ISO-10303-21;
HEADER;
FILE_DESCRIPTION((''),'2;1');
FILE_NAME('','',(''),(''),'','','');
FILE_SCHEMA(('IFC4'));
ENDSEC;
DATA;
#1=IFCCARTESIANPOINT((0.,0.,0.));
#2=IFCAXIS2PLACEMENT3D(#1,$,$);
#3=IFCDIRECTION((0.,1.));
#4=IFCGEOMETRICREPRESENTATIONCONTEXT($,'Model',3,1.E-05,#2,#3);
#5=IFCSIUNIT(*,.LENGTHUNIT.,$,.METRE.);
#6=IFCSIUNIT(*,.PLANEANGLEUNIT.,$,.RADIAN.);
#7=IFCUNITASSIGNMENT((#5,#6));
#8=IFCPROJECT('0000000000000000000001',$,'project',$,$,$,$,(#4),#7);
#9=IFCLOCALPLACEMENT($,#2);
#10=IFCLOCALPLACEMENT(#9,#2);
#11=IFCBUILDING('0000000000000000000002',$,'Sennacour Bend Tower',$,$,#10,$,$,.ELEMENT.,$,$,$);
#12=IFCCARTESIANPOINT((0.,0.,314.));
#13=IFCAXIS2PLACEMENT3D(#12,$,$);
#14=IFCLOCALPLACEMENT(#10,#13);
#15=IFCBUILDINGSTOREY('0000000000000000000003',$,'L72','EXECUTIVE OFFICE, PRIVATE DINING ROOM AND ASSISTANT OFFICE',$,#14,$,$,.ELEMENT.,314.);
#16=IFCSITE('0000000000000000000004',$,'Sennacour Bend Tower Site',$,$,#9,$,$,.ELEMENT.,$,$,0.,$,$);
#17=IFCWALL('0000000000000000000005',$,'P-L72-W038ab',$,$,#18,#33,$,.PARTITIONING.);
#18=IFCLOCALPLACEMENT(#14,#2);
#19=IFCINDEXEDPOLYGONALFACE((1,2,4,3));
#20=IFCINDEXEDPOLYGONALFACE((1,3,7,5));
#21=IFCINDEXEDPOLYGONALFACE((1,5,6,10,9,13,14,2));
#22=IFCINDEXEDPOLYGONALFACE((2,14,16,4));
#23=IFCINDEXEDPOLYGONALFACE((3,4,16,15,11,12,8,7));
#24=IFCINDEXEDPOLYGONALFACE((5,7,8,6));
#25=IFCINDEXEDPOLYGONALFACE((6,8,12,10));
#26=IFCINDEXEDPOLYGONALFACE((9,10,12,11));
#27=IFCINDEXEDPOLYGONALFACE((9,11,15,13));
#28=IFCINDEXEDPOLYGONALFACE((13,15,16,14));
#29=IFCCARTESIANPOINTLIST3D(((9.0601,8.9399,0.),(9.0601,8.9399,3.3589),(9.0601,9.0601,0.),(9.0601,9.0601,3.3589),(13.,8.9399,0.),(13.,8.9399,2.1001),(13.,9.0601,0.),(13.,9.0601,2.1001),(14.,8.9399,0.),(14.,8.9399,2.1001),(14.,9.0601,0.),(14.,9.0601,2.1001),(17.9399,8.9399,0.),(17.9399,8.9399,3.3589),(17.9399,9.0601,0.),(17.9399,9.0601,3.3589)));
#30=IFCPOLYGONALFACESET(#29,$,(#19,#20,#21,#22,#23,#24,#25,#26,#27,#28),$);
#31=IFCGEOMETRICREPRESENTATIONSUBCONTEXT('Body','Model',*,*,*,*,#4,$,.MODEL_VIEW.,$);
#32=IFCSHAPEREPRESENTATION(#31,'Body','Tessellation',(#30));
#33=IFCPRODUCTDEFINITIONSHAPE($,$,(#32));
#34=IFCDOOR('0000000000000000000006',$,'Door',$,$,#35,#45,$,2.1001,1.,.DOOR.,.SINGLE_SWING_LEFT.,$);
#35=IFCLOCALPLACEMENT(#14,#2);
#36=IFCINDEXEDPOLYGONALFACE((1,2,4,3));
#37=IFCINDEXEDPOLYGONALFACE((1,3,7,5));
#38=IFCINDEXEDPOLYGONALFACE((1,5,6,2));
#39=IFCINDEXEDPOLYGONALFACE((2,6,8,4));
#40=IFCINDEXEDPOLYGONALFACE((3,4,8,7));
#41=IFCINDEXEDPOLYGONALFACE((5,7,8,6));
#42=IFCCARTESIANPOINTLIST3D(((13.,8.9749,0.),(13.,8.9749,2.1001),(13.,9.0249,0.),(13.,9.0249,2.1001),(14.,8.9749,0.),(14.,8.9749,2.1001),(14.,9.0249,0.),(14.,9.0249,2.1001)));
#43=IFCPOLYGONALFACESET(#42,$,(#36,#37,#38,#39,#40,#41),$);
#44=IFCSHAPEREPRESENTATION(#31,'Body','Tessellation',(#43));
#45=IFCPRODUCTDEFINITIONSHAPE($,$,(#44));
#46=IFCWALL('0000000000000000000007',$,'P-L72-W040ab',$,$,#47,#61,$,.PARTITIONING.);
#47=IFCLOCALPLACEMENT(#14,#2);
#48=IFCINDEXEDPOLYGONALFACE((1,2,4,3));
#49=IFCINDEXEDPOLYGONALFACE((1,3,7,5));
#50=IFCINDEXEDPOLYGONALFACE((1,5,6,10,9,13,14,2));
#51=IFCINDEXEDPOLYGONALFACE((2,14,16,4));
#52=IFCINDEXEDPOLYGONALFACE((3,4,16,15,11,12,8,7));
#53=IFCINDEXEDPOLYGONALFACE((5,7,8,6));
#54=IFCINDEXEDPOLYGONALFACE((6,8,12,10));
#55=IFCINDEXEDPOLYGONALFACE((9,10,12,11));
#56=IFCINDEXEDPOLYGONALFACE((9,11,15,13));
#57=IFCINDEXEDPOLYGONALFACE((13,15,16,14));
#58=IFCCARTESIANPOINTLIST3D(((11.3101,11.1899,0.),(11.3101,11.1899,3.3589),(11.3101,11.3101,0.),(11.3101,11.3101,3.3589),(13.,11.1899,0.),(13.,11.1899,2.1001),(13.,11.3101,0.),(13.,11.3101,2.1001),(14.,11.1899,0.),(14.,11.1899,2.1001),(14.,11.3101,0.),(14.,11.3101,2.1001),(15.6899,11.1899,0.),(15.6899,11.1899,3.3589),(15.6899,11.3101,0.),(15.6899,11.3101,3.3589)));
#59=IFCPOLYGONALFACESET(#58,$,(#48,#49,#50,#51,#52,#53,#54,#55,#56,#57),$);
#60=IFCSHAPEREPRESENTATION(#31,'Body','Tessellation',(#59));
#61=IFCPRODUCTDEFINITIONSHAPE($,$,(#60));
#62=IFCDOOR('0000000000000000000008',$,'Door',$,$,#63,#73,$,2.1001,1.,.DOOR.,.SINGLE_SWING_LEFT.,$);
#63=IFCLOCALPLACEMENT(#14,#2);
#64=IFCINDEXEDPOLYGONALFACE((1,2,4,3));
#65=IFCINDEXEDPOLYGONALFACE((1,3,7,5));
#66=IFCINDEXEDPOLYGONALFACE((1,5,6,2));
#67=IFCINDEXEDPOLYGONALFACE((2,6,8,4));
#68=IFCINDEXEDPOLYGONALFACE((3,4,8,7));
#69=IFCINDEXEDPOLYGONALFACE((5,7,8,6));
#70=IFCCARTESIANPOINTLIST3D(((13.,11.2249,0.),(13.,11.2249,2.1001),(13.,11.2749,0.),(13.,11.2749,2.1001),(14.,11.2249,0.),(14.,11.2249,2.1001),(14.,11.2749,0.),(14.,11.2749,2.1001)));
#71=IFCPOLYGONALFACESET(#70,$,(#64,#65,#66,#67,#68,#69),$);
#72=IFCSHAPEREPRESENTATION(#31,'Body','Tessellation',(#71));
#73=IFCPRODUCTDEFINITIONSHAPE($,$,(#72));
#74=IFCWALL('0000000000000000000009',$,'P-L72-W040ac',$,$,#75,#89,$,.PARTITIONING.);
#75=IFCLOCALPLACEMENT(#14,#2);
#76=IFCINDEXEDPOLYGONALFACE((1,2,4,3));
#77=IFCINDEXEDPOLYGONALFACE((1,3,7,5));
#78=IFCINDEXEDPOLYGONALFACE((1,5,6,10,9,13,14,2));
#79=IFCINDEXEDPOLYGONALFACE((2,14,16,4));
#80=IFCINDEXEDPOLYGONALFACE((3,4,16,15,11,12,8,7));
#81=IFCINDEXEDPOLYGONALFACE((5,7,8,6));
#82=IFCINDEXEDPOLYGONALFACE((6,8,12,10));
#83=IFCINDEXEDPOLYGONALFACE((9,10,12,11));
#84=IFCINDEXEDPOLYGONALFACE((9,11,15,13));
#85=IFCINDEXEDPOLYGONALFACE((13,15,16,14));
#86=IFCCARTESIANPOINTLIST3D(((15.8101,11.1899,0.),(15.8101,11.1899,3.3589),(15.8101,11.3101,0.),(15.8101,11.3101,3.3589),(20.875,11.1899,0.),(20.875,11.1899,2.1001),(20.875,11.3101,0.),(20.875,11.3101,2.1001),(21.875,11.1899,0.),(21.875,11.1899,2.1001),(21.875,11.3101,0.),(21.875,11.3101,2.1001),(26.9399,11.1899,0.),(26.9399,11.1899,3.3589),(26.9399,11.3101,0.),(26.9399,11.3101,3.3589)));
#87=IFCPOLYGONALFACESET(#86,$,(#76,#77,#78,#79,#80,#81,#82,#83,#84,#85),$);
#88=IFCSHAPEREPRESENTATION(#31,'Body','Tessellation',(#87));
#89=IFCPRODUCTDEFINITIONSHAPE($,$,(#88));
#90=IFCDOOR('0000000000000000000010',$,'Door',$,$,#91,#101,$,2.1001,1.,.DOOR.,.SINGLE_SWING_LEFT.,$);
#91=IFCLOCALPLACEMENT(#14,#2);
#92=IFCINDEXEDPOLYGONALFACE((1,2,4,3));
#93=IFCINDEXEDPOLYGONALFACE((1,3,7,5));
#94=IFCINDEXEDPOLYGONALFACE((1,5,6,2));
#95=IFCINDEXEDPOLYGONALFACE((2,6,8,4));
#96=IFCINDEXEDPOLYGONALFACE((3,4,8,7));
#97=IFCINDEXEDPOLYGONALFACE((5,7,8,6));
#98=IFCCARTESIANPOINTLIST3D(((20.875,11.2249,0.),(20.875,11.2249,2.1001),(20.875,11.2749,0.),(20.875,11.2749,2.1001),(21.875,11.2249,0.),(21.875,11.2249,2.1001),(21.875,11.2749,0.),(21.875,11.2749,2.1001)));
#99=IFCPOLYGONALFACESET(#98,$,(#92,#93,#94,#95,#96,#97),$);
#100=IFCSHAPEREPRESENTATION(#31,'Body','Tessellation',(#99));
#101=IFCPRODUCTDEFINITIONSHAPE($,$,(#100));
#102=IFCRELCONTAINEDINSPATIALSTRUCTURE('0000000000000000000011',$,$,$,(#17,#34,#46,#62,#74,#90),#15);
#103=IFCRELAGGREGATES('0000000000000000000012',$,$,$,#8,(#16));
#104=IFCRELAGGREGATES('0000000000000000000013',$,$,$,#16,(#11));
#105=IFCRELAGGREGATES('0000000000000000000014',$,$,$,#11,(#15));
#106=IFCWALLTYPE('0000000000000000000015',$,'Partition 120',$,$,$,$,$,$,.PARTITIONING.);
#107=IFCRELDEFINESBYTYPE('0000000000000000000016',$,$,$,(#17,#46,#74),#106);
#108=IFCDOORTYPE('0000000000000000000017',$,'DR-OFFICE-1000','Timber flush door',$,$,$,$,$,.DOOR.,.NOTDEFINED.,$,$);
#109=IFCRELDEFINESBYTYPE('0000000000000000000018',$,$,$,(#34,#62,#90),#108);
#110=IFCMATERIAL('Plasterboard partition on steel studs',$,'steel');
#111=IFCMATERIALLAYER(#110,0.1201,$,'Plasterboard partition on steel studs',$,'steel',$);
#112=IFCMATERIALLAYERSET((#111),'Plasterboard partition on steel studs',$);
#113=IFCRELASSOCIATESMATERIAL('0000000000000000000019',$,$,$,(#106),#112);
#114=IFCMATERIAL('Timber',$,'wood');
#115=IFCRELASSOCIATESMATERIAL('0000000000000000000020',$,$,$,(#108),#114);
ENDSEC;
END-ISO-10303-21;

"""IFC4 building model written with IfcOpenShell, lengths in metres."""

from ifc_helpers import new_model, si_unit, direction, frame, frame_2d, origin, place, context, subcontext, project, spatial, rectangle, extrude, material, layer, layer_set, type_object, element, fill, save


model = new_model("IFC4")

# Units and contexts
model_context = context("Model", 3, precision=1e-05, world=origin(), true_north=direction((0.0, 1.0)))
body_context = subcontext(model_context, "Body", "Model", "MODEL_VIEW")
ifc_project = project(units=[si_unit("LENGTHUNIT", "METRE"), si_unit("PLANEANGLEUNIT", "RADIAN")], contexts=[model_context])

# Site, building, storey
site_placement = place(None, origin())
site = spatial("IfcSite", under=ifc_project, at=site_placement, Name="Sennacour Bend Tower Site", CompositionType="ELEMENT", RefElevation=0.0)
building_placement = place(site_placement, origin())
building = spatial("IfcBuilding", under=site, at=building_placement, Name="Sennacour Bend Tower", CompositionType="ELEMENT")
storey_placement = place(building_placement, frame((0.0, 0.0, 314.0)))
storey = spatial("IfcBuildingStorey", under=building, at=storey_placement, Name="L72", Description="EXECUTIVE OFFICE, PRIVATE DINING ROOM AND ASSISTANT OFFICE", CompositionType="ELEMENT", Elevation=314.0)

# Shared definitions
ifc_material_1 = material(Name="Plasterboard partition on steel studs", Category="steel")
ifc_layer_1 = layer(ifc_material_1, 0.1201, Name="Plasterboard partition on steel studs", Category="steel")
ifc_layer_set_1 = layer_set([ifc_layer_1], Name="Plasterboard partition on steel studs")
wall_type = type_object("IfcWallType", Name="Partition 120", PredefinedType="PARTITIONING", material=ifc_layer_set_1)

# Walls, openings, doors
wall_1_placement = place(storey_placement, frame((9.0601, 9.0, 0.0), z_axis=(0.0, 0.0, 1.0), x_axis=(1.0, 0.0, 0.0)))
wall_1 = element("IfcWall", 1, at=wall_1_placement, inside=storey, type_object=wall_type, Name="P-L72-W038ab", PredefinedType="PARTITIONING", context=body_context, shape_type="SweptSolid", body=[
    extrude(rectangle(XDim=8.8799, YDim=0.1201, at=frame_2d((4.4399, 0.0))), origin(), (0.0, 0.0, 1.0), 3.3589),
])
opening_1_placement = place(wall_1_placement, frame((3.9399, 0.0, 0.0)))
opening_1 = element("IfcOpeningElement", 2, at=opening_1_placement, cuts=wall_1, PredefinedType="OPENING", context=body_context, shape_type="SweptSolid", body=[
    extrude(rectangle(XDim=1.0, YDim=2.1001, at=frame_2d((0.5, 1.05))), frame((0.0, 0.0701, 0.0), z_axis=(0.0, -1.0, 0.0), x_axis=(1.0, 0.0, 0.0)), (0.0, 0.0, 1.0), 0.1401),
])
ifc_material_2 = material(Name="Timber", Category="wood")
door_type = type_object("IfcDoorType", Name="DR-OFFICE-1000", Description="Timber flush door", OperationType="NOTDEFINED", PredefinedType="DOOR", material=ifc_material_2)
door_1_placement = place(opening_1_placement, origin())
door_1 = element("IfcDoor", 3, at=door_1_placement, inside=storey, type_object=door_type, Name="Door", OperationType="SINGLE_SWING_LEFT", OverallHeight=2.1001, OverallWidth=1.0, PredefinedType="DOOR", context=body_context, shape_type="SweptSolid", body=[
    extrude(rectangle(XDim=1.0, YDim=2.1001, at=frame_2d((0.5, 1.05))), frame((0.0, 0.0249, 0.0), z_axis=(0.0, -1.0, 0.0), x_axis=(1.0, 0.0, 0.0)), (0.0, 0.0, 1.0), 0.05),
])
fill(opening_1, door_1)
wall_2_placement = place(storey_placement, frame((11.3101, 11.25, 0.0), z_axis=(0.0, 0.0, 1.0), x_axis=(1.0, 0.0, 0.0)))
wall_2 = element("IfcWall", 4, at=wall_2_placement, inside=storey, type_object=wall_type, Name="P-L72-W040ab", PredefinedType="PARTITIONING", context=body_context, shape_type="SweptSolid", body=[
    extrude(rectangle(XDim=4.3799, YDim=0.1201, at=frame_2d((2.1899, 0.0))), origin(), (0.0, 0.0, 1.0), 3.3589),
])
opening_2_placement = place(wall_2_placement, frame((1.6899, 0.0, 0.0)))
opening_2 = element("IfcOpeningElement", 5, at=opening_2_placement, cuts=wall_2, PredefinedType="OPENING", context=body_context, shape_type="SweptSolid", body=[
    extrude(rectangle(XDim=1.0, YDim=2.1001, at=frame_2d((0.5, 1.05))), frame((0.0, 0.0701, 0.0), z_axis=(0.0, -1.0, 0.0), x_axis=(1.0, 0.0, 0.0)), (0.0, 0.0, 1.0), 0.1401),
])
door_2_placement = place(opening_2_placement, origin())
door_2 = element("IfcDoor", 6, at=door_2_placement, inside=storey, type_object=door_type, Name="Door", OperationType="SINGLE_SWING_LEFT", OverallHeight=2.1001, OverallWidth=1.0, PredefinedType="DOOR", context=body_context, shape_type="SweptSolid", body=[
    extrude(rectangle(XDim=1.0, YDim=2.1001, at=frame_2d((0.5, 1.05))), frame((0.0, 0.0249, 0.0), z_axis=(0.0, -1.0, 0.0), x_axis=(1.0, 0.0, 0.0)), (0.0, 0.0, 1.0), 0.05),
])
fill(opening_2, door_2)
wall_3_placement = place(storey_placement, frame((15.8101, 11.25, 0.0), z_axis=(0.0, 0.0, 1.0), x_axis=(1.0, 0.0, 0.0)))
wall_3 = element("IfcWall", 7, at=wall_3_placement, inside=storey, type_object=wall_type, Name="P-L72-W040ac", PredefinedType="PARTITIONING", context=body_context, shape_type="SweptSolid", body=[
    extrude(rectangle(XDim=11.1299, YDim=0.1201, at=frame_2d((5.5649, 0.0))), origin(), (0.0, 0.0, 1.0), 3.3589),
])
opening_3_placement = place(wall_3_placement, frame((5.0649, 0.0, 0.0)))
opening_3 = element("IfcOpeningElement", 8, at=opening_3_placement, cuts=wall_3, PredefinedType="OPENING", context=body_context, shape_type="SweptSolid", body=[
    extrude(rectangle(XDim=1.0, YDim=2.1001, at=frame_2d((0.5, 1.05))), frame((0.0, 0.0701, 0.0), z_axis=(0.0, -1.0, 0.0), x_axis=(1.0, 0.0, 0.0)), (0.0, 0.0, 1.0), 0.1401),
])
door_3_placement = place(opening_3_placement, origin())
door_3 = element("IfcDoor", 9, at=door_3_placement, inside=storey, type_object=door_type, Name="Door", OperationType="SINGLE_SWING_LEFT", OverallHeight=2.1001, OverallWidth=1.0, PredefinedType="DOOR", context=body_context, shape_type="SweptSolid", body=[
    extrude(rectangle(XDim=1.0, YDim=2.1001, at=frame_2d((0.5, 1.05))), frame((0.0, 0.0249, 0.0), z_axis=(0.0, -1.0, 0.0), x_axis=(1.0, 0.0, 0.0)), (0.0, 0.0, 1.0), 0.05),
])
fill(opening_3, door_3)

save(model, "model.ifc")
